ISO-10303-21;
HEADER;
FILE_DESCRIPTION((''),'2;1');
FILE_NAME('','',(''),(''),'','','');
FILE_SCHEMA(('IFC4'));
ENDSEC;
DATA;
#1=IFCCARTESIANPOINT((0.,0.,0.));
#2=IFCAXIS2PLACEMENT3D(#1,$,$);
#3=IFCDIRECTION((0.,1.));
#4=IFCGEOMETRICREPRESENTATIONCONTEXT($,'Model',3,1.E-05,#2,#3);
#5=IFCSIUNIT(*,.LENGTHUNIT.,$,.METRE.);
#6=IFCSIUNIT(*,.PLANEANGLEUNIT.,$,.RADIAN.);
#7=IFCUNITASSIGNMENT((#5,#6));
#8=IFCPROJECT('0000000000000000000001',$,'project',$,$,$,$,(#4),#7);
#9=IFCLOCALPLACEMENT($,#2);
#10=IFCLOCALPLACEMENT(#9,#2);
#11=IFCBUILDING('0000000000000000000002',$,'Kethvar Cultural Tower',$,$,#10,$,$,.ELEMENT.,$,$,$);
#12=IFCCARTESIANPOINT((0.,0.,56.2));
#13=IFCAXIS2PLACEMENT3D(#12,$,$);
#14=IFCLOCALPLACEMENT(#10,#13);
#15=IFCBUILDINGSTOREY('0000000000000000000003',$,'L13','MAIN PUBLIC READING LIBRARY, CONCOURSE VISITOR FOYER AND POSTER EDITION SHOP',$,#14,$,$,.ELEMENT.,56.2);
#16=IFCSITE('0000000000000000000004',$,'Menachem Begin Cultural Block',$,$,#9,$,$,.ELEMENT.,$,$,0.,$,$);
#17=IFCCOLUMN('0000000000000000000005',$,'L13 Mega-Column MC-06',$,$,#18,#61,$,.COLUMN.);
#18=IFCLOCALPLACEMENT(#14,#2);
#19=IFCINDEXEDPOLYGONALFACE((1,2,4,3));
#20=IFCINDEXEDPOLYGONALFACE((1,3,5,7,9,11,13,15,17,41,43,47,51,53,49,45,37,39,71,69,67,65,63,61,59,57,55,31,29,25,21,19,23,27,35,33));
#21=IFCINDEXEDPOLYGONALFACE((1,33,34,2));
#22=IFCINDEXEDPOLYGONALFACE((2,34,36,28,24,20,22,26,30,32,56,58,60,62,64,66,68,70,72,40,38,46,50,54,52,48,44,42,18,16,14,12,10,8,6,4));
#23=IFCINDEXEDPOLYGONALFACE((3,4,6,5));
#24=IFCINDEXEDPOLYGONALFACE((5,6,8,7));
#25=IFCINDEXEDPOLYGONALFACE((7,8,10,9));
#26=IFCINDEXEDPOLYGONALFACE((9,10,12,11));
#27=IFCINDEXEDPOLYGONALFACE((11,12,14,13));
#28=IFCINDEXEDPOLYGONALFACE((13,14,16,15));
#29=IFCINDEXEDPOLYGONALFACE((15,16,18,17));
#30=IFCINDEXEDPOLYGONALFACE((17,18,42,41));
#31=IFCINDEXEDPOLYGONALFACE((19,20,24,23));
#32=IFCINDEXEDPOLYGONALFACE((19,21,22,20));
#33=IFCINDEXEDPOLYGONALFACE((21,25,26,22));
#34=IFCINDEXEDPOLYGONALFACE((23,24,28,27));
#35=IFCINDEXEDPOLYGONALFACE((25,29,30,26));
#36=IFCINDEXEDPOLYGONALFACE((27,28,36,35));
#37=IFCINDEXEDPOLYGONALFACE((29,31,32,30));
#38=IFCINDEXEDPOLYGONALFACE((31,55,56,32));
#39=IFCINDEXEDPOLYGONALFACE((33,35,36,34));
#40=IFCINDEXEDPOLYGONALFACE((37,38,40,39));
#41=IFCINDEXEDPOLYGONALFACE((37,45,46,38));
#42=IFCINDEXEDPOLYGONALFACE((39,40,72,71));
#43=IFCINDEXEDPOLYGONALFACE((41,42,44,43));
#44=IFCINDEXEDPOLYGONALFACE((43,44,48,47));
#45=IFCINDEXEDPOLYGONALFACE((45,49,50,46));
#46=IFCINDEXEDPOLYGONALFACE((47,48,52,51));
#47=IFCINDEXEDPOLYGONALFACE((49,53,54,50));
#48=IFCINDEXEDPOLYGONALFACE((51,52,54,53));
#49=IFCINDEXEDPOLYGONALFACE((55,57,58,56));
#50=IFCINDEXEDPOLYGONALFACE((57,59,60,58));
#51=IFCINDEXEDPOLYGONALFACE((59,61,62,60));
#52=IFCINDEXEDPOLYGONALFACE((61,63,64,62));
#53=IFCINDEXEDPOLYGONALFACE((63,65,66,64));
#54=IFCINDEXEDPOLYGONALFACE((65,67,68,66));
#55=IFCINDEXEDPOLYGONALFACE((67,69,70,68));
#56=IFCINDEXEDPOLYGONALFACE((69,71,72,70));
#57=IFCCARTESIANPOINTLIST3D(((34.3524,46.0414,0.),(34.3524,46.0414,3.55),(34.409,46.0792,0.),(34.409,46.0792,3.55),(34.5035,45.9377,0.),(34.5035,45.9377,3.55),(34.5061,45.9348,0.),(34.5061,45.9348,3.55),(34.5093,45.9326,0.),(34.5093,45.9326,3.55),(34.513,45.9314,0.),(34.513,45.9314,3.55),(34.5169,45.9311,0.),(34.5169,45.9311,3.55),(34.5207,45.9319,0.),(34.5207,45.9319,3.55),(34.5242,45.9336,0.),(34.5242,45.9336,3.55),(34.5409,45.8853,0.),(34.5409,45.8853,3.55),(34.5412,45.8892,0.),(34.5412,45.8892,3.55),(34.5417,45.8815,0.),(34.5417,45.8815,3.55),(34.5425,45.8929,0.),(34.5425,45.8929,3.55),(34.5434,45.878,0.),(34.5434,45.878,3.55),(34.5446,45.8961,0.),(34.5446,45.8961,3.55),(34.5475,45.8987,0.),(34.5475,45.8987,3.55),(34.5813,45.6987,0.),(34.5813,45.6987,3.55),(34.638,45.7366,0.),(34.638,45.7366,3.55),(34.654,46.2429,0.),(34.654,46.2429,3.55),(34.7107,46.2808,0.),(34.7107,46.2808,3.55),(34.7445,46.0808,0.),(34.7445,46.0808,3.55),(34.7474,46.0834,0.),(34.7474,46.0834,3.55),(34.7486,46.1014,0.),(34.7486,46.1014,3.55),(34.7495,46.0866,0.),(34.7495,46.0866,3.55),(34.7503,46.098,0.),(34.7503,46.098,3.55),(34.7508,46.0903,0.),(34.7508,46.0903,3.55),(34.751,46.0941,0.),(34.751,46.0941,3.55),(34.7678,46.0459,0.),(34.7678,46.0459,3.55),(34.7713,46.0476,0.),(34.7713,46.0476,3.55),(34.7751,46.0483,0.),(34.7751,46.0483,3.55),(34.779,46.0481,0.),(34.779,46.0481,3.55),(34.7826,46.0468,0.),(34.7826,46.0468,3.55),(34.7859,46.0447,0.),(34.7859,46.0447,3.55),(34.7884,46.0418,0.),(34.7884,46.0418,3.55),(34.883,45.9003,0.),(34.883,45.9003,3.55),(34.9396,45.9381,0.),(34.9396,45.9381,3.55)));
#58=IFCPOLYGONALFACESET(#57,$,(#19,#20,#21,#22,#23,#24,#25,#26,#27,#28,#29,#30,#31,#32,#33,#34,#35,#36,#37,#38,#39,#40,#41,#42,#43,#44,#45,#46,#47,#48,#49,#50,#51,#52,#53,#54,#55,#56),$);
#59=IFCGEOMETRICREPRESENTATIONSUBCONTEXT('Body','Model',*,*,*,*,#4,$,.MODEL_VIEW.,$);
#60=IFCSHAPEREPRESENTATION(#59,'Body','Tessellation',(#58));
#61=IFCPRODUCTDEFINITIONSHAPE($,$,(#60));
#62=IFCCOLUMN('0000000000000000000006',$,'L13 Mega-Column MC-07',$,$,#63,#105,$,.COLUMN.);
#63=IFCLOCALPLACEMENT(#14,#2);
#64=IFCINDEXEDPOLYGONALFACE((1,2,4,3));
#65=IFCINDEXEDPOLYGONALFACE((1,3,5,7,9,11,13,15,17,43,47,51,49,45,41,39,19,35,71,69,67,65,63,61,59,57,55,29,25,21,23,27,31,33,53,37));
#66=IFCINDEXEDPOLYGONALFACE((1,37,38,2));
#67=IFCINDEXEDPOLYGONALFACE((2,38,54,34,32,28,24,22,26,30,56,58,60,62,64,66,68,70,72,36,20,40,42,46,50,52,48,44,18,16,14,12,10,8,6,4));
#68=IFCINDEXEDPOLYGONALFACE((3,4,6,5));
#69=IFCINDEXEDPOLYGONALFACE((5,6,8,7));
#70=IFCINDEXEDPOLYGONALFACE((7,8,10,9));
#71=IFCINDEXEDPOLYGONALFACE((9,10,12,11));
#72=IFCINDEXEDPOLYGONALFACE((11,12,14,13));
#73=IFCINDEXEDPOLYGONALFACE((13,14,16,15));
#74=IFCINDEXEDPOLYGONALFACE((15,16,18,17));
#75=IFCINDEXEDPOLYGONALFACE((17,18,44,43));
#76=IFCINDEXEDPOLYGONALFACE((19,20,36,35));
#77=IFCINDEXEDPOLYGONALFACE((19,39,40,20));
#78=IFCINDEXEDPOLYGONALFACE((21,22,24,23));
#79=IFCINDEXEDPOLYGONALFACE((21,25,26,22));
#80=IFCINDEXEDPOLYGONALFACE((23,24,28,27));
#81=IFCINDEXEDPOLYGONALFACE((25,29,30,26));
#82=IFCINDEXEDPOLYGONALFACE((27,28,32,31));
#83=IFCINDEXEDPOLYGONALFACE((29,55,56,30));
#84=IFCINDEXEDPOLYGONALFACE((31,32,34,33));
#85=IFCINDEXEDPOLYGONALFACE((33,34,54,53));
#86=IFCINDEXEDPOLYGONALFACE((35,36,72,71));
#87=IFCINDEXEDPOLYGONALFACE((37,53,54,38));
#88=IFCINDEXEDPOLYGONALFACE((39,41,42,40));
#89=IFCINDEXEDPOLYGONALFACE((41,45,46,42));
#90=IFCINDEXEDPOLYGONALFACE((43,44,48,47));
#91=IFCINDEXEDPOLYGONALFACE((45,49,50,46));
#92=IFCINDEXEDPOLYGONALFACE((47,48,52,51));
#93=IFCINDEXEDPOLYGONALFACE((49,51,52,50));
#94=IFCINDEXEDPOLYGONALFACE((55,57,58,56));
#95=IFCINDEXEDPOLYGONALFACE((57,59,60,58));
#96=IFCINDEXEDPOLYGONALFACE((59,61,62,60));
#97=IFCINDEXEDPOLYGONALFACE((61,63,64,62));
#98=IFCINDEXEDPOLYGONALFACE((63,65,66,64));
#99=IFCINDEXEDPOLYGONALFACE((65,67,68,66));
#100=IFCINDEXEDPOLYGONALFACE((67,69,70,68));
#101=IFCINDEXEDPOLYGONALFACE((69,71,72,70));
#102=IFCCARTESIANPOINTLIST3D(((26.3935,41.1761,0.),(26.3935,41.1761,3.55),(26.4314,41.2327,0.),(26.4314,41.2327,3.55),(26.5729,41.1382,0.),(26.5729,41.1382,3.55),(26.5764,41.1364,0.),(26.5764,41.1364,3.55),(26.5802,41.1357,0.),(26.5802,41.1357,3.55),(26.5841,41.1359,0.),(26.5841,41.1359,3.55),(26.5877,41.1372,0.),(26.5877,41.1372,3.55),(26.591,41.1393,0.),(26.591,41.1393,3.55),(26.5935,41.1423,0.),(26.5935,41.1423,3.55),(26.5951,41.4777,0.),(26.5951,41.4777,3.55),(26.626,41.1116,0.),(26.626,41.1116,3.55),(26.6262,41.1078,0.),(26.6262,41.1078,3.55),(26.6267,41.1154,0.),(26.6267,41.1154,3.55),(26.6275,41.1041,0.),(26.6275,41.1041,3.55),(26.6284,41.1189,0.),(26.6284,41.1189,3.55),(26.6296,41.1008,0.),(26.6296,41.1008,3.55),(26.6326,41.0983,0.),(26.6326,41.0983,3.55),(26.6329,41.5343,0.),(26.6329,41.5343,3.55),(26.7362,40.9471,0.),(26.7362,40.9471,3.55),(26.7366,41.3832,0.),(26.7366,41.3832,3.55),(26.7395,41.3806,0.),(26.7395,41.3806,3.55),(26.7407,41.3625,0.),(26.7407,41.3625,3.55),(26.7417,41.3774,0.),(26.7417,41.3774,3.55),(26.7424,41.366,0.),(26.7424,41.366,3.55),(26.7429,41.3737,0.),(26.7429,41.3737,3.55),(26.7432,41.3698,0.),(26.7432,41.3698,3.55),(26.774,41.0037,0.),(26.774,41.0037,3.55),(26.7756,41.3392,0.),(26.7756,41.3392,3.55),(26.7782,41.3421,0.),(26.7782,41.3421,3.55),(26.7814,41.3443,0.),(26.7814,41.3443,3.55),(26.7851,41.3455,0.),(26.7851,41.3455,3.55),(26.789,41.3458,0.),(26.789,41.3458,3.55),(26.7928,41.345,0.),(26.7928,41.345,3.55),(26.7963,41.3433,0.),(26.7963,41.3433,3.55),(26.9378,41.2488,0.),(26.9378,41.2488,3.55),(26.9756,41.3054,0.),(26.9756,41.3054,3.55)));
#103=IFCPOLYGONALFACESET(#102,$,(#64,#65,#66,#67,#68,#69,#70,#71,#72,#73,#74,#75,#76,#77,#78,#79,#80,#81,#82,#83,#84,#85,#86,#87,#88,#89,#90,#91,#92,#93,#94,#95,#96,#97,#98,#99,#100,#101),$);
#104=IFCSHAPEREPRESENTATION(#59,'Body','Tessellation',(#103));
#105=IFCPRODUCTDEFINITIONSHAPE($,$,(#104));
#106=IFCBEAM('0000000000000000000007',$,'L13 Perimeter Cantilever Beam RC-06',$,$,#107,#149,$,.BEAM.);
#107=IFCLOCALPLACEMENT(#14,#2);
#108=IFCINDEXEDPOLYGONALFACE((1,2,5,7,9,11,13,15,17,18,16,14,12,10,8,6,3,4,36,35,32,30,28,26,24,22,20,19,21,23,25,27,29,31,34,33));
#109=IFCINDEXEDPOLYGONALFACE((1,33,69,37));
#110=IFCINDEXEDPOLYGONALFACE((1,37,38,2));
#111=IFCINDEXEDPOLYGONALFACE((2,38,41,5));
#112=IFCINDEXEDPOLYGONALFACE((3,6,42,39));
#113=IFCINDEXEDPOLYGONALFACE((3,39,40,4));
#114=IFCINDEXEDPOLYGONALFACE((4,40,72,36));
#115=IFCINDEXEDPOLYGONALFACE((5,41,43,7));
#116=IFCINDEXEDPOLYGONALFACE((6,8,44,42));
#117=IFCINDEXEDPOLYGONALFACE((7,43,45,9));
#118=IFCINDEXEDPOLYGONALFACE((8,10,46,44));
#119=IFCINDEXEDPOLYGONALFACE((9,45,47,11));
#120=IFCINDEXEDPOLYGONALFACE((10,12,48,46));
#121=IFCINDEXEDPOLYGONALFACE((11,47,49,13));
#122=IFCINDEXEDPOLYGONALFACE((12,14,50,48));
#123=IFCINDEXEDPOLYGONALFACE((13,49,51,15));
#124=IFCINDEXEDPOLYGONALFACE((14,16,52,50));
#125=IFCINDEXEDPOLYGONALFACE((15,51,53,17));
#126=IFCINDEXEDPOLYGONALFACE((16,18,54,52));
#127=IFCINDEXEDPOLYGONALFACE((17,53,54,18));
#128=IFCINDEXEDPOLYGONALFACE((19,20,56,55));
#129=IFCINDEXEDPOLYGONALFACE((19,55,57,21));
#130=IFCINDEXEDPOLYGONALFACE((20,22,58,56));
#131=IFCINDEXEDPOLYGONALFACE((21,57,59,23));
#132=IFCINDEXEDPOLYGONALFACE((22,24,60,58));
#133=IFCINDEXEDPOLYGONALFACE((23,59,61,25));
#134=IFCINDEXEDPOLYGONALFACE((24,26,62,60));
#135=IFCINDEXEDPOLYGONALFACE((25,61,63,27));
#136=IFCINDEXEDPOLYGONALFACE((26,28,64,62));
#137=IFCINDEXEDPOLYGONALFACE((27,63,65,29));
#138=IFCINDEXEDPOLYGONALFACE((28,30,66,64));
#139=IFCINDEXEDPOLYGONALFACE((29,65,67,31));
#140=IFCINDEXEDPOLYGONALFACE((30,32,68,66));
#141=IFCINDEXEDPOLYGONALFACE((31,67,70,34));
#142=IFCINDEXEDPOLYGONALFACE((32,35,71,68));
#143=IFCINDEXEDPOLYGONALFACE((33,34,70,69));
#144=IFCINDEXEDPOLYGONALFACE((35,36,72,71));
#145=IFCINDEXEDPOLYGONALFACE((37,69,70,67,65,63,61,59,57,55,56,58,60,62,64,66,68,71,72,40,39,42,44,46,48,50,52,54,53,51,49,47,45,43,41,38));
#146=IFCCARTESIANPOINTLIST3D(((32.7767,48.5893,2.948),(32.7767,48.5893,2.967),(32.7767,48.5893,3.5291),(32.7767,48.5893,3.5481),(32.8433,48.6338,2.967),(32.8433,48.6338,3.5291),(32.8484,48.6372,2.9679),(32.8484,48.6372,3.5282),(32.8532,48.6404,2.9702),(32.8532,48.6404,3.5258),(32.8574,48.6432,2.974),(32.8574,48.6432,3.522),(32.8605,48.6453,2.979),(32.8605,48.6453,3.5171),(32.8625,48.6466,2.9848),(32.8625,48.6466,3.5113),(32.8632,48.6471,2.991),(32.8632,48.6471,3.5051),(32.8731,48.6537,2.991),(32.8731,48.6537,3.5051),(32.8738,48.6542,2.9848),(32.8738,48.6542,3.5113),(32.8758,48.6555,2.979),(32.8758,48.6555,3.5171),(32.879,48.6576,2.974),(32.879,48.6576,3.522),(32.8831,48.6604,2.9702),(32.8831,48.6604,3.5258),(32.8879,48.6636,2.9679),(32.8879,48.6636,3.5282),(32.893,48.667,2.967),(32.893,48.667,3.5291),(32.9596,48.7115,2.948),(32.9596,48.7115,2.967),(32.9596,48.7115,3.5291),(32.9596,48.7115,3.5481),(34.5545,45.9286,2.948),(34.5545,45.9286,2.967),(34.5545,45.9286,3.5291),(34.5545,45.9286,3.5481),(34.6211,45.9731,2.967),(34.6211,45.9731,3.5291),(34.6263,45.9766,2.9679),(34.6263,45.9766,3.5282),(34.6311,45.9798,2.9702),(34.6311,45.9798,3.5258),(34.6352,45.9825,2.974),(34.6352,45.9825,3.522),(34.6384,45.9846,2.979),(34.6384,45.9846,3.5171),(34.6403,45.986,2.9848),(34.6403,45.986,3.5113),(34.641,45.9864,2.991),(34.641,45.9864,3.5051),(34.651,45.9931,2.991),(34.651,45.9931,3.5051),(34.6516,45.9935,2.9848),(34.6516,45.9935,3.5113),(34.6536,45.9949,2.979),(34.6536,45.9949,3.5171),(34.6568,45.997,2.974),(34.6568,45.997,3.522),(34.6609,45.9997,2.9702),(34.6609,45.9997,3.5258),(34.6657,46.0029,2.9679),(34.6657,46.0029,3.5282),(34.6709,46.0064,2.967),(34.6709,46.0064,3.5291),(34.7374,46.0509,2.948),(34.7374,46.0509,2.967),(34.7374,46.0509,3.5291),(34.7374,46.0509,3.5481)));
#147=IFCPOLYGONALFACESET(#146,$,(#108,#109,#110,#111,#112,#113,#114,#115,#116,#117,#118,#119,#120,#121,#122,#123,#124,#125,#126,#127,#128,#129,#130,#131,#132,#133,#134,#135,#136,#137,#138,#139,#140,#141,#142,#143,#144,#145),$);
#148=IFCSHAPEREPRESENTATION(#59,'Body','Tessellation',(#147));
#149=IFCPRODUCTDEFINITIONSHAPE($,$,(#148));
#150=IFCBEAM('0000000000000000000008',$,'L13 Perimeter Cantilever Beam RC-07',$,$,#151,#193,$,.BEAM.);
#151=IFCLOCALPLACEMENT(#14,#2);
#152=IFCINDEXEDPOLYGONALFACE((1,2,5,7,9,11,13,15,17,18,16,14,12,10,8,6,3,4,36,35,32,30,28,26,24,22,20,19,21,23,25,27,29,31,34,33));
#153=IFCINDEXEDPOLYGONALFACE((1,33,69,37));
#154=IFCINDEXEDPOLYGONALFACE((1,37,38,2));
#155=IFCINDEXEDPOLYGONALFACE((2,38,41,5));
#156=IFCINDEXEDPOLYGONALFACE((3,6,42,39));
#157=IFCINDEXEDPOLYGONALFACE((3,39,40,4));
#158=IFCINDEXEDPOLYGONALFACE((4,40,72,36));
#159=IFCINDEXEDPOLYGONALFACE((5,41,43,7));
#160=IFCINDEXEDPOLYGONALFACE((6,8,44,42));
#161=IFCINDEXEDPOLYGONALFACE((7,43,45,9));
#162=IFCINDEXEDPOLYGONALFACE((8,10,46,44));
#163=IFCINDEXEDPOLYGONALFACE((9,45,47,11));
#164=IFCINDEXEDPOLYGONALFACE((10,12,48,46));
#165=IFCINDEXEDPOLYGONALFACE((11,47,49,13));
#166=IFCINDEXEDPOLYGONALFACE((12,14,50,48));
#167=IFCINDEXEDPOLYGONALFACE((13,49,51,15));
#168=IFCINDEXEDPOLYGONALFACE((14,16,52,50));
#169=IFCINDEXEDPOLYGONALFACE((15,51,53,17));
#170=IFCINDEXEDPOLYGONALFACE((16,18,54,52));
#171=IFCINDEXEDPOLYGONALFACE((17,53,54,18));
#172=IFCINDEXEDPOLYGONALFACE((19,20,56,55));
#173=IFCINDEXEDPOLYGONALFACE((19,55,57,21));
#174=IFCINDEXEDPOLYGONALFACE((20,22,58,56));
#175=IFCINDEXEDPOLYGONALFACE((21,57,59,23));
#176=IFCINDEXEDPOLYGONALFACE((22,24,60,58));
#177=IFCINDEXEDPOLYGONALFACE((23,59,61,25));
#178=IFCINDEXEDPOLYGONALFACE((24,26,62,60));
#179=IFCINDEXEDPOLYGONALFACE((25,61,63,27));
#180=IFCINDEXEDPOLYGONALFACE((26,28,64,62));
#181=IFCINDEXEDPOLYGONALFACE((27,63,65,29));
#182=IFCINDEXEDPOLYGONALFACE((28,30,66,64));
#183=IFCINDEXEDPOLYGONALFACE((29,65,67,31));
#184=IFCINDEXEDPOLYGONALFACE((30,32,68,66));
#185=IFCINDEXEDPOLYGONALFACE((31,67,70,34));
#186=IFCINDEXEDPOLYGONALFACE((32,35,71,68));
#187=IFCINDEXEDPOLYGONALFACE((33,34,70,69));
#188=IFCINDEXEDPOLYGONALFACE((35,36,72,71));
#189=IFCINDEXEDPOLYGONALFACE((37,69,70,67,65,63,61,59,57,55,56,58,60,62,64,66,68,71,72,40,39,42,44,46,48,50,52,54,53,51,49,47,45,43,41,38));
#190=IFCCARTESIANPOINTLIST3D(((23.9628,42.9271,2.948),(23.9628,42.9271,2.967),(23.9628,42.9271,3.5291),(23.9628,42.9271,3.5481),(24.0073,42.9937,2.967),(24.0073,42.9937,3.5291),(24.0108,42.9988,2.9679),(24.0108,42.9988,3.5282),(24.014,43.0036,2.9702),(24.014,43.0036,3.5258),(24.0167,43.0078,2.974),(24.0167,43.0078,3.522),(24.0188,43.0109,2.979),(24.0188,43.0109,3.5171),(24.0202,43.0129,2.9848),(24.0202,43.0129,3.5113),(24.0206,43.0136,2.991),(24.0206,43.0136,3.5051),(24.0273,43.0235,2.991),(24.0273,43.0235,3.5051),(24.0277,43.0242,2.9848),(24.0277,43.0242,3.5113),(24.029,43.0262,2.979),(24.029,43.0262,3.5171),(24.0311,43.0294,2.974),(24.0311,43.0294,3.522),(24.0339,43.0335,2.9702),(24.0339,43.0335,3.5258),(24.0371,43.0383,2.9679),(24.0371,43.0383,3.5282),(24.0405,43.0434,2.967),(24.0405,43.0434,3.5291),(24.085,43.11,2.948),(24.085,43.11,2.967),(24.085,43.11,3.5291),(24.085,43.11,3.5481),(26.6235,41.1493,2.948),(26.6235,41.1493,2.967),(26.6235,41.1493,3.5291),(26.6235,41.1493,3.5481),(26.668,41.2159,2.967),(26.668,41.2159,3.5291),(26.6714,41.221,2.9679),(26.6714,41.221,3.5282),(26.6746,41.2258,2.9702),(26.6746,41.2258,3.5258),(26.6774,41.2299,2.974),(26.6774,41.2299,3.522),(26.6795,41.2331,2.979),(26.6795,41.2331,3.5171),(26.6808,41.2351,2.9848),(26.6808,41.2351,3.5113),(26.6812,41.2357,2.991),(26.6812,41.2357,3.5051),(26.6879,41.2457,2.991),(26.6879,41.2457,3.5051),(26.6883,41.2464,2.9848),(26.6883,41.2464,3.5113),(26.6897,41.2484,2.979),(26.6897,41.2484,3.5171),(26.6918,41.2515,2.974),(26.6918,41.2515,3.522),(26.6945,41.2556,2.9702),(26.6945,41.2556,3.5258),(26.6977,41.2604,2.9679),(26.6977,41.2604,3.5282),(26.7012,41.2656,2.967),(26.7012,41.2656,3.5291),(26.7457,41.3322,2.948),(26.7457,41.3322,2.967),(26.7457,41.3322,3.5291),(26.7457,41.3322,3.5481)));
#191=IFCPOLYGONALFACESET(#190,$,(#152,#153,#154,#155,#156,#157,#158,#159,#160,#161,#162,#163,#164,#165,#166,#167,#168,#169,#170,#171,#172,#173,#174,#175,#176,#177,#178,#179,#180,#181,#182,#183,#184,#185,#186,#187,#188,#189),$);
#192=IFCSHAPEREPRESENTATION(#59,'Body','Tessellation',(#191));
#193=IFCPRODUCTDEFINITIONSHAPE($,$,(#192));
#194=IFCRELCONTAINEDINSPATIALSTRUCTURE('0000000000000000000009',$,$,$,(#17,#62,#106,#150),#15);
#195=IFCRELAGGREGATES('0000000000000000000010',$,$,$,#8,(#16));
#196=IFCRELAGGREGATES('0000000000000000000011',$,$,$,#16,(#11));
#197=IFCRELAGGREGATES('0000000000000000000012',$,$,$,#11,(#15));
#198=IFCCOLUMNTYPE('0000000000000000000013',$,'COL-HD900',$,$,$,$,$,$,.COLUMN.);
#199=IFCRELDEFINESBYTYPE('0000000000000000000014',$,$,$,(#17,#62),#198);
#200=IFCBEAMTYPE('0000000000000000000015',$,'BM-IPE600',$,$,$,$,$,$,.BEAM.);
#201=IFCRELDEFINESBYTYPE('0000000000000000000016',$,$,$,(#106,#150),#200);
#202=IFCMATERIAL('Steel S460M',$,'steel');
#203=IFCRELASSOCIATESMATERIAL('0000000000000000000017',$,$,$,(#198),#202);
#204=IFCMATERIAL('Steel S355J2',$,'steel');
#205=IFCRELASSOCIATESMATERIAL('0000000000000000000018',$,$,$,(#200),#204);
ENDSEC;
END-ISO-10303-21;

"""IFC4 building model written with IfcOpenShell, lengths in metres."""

from ifc_helpers import new_model, si_unit, direction, frame, origin, origin_2d, place, context, subcontext, project, spatial, i_section, extrude, source, transform, mapped, material, material_profile, profile_set, type_object, element, save


model = new_model("IFC4")

# Units and contexts
model_context = context("Model", 3, precision=1e-05, world=origin(), true_north=direction((0.0, 1.0)))
body_context = subcontext(model_context, "Body", "Model", "MODEL_VIEW")
ifc_project = project(units=[si_unit("LENGTHUNIT", "METRE"), si_unit("PLANEANGLEUNIT", "RADIAN")], contexts=[model_context])

# Site, building, storey
site_placement = place(None, origin())
site = spatial("IfcSite", under=ifc_project, at=site_placement, Name="Menachem Begin Cultural Block", CompositionType="ELEMENT", RefElevation=0.0)
building_placement = place(site_placement, origin())
building = spatial("IfcBuilding", under=site, at=building_placement, Name="Kethvar Cultural Tower", CompositionType="ELEMENT")
storey_placement = place(building_placement, frame((0.0, 0.0, 56.2)))
storey = spatial("IfcBuildingStorey", under=building, at=storey_placement, Name="L13", Description="MAIN PUBLIC READING LIBRARY, CONCOURSE VISITOR FOYER AND POSTER EDITION SHOP", CompositionType="ELEMENT", Elevation=56.2)

# Columns
ifc_material_1 = material(Name="Steel S460M", Category="steel")
ifc_material_profile_1 = material_profile(ifc_material_1, i_section(OverallWidth=0.4121, OverallDepth=0.4309, WebThickness=0.042, FlangeThickness=0.0681, FilletRadius=0.0149, at=origin_2d()), Name="Steel S460M — HD400x900")
ifc_profile_set_1 = profile_set([ifc_material_profile_1], Name="Steel S460M — HD400x900")
column_type = type_object("IfcColumnType", Name="COL-HD900", PredefinedType="COLUMN", material=ifc_profile_set_1)
shared_shape_1 = source(origin(), body_context, "Body", "SweptSolid", [
    extrude(i_section(OverallWidth=0.4121, OverallDepth=0.4309, WebThickness=0.042, FlangeThickness=0.0681, FilletRadius=0.0149, at=origin_2d()), origin(), (0.0, 0.0, 1.0), 3.55),
])
for number, where, z_axis, x_axis, name in (
    (1, (34.646, 45.9897, 0.0), (0.0, 0.0, 1.0), (-0.55557, 0.83147, 0.0), "L13 Mega-Column MC-06"),
    (2, (26.6846, 41.2407, 0.0), (0.0, 0.0, 1.0), (-0.83147, 0.55557, 0.0), "L13 Mega-Column MC-07"),
):
    element("IfcColumn", number, at=place(storey_placement, frame(where, z_axis=z_axis, x_axis=x_axis)), inside=storey, type_object=column_type, Name=name, PredefinedType="COLUMN", context=body_context, shape_type="MappedRepresentation", body=[
        mapped(shared_shape_1, transform((0.0, 0.0, 0.0), scale=1.0)),
    ])

# Beams
ifc_material_2 = material(Name="Steel S355J2", Category="steel")
ifc_material_profile_2 = material_profile(ifc_material_2, i_section(OverallWidth=0.22, OverallDepth=0.6001, WebThickness=0.012, FlangeThickness=0.019, FilletRadius=0.0239, at=origin_2d()), Name="Steel S355J2 — IPE600")
ifc_profile_set_2 = profile_set([ifc_material_profile_2], Name="Steel S355J2 — IPE600")
beam_type_1 = type_object("IfcBeamType", Name="BM-IPE600", PredefinedType="BEAM", material=ifc_profile_set_2)
shared_shape_2 = source(origin(), body_context, "Body", "SweptSolid", [
    extrude(i_section(OverallWidth=0.22, OverallDepth=0.6001, WebThickness=0.012, FlangeThickness=0.019, FilletRadius=0.0239, at=origin_2d()), origin(), (0.0, 0.0, 1.0), 3.2),
])
for number, where, z_axis, x_axis, name in (
    (3, (34.646, 45.9897, 3.248), (-0.55558, 0.831463, 0.0), (-0.831463, -0.55558, 0.0), "L13 Perimeter Cantilever Beam RC-06"),
    (4, (26.6846, 41.2407, 3.248), (-0.831463, 0.55558, 0.0), (-0.55558, -0.831463, 0.0), "L13 Perimeter Cantilever Beam RC-07"),
):
    element("IfcBeam", number, at=place(storey_placement, frame(where, z_axis=z_axis, x_axis=x_axis)), inside=storey, type_object=beam_type_1, Name=name, PredefinedType="BEAM", context=body_context, shape_type="MappedRepresentation", body=[
        mapped(shared_shape_2, transform((0.0, 0.0, 0.0), scale=1.0)),
    ])

save(model, "model.ifc")
